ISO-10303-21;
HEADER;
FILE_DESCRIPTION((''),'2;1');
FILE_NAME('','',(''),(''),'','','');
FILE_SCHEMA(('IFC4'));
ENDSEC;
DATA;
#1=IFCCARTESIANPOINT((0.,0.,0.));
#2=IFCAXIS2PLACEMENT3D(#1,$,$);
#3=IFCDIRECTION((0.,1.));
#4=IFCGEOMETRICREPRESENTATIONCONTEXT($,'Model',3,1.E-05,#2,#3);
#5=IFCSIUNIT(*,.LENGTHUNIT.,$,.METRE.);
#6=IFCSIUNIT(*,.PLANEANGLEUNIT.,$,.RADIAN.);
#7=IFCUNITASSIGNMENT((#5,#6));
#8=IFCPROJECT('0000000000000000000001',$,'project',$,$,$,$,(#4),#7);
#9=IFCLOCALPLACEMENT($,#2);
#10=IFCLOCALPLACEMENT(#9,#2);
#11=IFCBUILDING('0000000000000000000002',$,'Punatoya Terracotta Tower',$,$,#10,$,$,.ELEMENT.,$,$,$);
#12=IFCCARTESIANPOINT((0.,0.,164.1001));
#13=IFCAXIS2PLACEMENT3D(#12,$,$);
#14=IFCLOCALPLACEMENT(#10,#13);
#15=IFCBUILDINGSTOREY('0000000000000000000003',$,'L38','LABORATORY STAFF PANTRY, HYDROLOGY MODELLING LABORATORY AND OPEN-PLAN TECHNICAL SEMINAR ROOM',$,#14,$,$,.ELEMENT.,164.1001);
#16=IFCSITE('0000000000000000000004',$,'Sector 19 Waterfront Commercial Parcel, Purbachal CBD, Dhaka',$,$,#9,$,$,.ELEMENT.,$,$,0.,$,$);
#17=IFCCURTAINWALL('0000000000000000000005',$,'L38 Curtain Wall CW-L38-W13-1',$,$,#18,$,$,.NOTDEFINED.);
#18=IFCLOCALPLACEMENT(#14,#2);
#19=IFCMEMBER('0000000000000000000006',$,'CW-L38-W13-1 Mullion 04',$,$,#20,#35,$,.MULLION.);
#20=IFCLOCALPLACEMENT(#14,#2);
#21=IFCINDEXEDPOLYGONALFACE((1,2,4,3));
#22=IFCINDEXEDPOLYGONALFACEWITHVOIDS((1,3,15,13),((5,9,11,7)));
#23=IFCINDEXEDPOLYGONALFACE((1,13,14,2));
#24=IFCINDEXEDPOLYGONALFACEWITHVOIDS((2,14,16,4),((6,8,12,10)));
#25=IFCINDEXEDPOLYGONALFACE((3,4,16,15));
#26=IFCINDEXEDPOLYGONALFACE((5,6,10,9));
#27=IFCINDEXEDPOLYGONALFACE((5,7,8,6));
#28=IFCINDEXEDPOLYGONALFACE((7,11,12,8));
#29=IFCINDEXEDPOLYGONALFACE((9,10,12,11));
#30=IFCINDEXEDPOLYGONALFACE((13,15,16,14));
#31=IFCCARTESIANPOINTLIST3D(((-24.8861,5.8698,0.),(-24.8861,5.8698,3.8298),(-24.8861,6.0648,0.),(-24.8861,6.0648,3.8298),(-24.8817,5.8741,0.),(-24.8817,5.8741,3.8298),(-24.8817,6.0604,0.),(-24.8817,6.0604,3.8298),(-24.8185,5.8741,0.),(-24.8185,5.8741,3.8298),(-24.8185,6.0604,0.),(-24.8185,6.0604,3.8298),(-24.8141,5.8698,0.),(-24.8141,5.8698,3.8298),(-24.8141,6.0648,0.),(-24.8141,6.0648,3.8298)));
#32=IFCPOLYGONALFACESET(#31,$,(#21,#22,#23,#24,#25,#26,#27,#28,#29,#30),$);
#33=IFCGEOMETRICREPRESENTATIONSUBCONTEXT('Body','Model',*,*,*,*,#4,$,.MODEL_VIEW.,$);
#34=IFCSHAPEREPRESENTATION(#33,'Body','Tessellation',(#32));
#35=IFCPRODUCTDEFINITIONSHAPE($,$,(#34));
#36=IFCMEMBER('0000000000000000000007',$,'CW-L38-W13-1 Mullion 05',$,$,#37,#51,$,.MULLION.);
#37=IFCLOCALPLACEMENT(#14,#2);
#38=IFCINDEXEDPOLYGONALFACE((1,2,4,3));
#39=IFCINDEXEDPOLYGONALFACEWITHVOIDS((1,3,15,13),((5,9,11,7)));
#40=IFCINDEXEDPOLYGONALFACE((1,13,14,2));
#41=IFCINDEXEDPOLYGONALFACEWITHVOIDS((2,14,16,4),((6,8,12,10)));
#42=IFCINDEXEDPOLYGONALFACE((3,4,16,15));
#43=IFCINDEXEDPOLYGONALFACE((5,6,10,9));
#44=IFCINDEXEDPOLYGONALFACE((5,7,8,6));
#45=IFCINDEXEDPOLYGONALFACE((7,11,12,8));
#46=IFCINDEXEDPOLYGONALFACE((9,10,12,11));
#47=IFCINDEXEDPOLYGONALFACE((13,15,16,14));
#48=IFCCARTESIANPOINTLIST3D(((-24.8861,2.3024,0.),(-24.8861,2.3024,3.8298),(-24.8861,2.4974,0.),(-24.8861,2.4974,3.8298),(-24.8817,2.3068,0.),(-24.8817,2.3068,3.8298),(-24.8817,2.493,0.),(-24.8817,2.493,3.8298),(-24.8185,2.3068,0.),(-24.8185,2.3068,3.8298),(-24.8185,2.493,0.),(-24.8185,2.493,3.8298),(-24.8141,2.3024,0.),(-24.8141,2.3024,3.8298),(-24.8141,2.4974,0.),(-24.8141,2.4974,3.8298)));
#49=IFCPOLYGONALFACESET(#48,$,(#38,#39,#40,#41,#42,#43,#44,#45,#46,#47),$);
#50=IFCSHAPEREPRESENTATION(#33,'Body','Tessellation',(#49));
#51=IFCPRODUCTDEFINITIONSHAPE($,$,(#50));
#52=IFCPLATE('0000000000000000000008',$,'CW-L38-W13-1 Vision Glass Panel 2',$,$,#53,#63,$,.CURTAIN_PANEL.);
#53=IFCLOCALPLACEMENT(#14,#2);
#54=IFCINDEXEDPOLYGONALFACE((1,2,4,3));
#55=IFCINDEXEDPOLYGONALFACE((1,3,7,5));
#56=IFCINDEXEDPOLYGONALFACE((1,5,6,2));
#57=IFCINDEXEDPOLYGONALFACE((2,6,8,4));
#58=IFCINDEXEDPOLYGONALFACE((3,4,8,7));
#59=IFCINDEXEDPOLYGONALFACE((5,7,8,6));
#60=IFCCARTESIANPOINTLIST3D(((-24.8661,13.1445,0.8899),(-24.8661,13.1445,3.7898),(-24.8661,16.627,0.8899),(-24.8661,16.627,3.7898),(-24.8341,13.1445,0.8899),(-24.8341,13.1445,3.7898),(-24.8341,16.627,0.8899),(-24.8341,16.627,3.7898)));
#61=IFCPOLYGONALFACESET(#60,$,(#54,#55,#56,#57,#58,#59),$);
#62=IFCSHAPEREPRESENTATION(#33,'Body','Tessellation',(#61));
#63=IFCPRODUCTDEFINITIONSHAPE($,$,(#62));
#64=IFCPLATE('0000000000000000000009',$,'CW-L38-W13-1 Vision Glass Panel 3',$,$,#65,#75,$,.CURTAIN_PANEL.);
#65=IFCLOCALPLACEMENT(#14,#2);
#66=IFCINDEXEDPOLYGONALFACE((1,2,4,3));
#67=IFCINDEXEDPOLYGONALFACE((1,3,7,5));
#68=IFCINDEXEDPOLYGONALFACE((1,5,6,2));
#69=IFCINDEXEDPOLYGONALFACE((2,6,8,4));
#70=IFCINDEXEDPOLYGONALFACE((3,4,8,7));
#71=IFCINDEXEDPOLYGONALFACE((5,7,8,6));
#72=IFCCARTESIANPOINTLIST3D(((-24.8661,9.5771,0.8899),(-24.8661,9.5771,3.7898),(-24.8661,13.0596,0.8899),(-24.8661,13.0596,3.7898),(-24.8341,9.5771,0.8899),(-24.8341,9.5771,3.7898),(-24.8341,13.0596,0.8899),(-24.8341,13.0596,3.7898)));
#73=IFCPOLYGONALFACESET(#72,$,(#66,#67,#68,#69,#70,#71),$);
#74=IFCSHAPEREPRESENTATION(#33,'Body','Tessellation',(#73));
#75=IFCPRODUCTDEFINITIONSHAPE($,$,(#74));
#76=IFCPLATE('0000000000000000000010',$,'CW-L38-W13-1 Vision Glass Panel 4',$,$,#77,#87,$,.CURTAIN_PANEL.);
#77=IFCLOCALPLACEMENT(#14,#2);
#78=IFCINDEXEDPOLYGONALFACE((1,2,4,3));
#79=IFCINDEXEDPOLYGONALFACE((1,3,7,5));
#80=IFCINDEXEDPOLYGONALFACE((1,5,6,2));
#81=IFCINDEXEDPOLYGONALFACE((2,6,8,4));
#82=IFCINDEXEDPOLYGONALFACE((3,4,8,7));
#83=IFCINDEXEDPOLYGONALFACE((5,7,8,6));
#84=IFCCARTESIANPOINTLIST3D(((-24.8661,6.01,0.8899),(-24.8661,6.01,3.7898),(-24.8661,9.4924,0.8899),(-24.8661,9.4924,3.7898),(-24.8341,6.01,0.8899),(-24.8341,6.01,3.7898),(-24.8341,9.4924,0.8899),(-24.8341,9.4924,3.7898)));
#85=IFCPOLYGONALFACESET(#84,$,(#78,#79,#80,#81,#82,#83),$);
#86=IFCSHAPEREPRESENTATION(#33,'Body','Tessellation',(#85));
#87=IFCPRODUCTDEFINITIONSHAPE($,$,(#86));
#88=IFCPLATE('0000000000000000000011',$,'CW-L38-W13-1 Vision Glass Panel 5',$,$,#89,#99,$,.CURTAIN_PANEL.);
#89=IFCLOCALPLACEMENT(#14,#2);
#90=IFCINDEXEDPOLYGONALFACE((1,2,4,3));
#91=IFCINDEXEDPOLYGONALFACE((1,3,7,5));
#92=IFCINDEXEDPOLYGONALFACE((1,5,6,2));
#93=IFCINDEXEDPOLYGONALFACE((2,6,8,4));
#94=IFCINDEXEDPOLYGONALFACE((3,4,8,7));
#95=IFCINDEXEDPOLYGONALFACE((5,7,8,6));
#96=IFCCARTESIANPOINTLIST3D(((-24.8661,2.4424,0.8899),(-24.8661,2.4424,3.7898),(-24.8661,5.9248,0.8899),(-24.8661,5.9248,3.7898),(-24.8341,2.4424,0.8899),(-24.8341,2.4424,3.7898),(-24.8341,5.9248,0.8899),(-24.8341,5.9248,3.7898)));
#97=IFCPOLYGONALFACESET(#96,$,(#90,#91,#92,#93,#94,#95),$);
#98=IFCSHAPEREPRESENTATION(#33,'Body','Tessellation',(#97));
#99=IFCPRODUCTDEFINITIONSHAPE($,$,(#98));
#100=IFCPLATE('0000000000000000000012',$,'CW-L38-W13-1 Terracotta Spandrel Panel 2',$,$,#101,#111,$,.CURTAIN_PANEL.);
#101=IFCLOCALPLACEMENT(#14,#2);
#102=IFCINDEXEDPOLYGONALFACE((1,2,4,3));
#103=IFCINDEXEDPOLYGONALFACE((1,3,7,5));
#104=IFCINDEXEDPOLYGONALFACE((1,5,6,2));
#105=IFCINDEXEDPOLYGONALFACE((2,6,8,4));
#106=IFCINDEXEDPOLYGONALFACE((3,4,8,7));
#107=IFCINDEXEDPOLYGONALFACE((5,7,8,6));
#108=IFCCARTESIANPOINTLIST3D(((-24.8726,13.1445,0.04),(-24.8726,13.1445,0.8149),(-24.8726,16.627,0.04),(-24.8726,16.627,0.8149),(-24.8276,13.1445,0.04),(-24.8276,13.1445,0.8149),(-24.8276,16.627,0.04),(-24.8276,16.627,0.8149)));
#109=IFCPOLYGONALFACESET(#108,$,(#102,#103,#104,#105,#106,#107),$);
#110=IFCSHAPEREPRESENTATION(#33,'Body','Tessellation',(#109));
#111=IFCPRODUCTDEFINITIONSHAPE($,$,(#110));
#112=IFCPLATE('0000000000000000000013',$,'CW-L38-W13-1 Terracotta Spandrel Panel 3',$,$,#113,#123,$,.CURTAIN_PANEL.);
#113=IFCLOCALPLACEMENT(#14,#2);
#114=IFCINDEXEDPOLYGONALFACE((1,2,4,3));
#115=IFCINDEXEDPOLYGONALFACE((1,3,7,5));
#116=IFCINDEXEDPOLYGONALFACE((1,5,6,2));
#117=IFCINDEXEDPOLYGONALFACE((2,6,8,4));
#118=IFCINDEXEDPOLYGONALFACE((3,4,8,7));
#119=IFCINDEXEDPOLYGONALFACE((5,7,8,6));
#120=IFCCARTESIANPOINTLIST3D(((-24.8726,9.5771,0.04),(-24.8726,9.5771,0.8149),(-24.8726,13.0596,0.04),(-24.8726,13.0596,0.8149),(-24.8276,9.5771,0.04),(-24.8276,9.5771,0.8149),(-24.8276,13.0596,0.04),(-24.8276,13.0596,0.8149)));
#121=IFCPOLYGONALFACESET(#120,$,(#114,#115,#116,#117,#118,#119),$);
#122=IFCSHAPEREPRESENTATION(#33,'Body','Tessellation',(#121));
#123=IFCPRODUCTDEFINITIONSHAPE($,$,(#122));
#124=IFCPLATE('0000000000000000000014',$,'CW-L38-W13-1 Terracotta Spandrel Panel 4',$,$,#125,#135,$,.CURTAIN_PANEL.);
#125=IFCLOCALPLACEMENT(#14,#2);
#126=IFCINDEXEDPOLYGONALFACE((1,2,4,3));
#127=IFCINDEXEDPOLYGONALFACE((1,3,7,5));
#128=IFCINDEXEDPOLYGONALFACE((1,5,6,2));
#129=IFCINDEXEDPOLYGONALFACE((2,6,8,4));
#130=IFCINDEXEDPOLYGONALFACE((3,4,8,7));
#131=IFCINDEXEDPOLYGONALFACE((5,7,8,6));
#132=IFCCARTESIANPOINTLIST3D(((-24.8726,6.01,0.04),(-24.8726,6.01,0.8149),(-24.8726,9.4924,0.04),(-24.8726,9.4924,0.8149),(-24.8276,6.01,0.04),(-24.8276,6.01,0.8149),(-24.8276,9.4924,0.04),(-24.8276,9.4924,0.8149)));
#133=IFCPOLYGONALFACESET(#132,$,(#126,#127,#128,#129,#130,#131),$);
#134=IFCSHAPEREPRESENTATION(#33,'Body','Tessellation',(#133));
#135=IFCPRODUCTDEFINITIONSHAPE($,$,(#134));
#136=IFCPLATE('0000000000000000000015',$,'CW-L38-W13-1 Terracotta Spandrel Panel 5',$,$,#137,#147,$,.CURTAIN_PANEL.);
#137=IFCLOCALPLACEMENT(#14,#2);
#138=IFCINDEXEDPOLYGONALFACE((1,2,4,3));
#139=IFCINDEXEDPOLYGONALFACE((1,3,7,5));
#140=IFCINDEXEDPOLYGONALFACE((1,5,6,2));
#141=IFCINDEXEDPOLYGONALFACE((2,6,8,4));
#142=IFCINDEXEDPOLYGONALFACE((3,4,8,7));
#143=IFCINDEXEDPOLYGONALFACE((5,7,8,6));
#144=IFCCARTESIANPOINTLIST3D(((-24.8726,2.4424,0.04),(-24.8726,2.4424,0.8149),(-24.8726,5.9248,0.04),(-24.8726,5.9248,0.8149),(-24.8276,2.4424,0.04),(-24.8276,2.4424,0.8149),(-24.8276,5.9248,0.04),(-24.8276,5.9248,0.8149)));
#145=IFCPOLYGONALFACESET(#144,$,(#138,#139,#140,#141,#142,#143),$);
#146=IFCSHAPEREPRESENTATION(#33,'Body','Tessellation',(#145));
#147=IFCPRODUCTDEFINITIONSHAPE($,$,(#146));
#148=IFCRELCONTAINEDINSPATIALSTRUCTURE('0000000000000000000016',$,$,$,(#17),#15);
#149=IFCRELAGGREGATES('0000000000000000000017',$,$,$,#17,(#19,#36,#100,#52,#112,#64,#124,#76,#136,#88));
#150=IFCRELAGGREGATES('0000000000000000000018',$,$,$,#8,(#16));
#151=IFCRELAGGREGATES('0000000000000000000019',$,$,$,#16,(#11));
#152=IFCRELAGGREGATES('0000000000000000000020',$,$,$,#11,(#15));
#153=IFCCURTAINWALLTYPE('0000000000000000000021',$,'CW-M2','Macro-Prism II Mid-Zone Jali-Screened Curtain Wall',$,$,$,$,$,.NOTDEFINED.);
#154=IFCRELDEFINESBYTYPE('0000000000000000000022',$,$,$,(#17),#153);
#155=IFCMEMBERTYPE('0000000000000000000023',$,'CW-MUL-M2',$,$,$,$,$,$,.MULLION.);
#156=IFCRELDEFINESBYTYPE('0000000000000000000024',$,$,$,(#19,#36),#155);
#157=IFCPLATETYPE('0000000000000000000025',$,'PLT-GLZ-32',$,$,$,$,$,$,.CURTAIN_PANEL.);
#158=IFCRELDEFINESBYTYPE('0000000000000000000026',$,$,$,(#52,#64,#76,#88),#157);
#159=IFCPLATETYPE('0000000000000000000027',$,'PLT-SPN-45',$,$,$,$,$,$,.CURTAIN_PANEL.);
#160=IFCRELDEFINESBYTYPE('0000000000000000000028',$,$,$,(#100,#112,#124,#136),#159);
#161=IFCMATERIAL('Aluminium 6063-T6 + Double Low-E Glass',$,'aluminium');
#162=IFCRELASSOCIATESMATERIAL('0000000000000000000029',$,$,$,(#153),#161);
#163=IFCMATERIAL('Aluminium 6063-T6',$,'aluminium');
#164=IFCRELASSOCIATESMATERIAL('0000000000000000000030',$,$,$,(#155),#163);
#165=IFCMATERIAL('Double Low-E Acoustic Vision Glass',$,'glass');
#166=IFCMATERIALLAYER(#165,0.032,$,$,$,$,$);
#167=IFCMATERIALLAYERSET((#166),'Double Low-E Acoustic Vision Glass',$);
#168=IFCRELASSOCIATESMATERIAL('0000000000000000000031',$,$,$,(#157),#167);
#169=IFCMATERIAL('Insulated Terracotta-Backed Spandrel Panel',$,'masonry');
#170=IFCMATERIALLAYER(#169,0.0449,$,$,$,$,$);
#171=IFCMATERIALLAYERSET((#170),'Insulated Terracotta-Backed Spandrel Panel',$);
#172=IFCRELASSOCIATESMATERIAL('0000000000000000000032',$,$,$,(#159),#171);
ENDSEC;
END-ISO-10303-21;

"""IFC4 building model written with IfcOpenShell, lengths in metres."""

from ifc_helpers import new_model, si_unit, direction, frame, origin, origin_2d, place, context, subcontext, project, spatial, rectangle, hollow_rectangle, extrude, material, layer, layer_set, material_profile, profile_set, type_object, element, aggregate, save


model = new_model("IFC4")

# Units and contexts
model_context = context("Model", 3, precision=1e-05, world=origin(), true_north=direction((0.0, 1.0)))
body_context = subcontext(model_context, "Body", "Model", "MODEL_VIEW")
ifc_project = project(units=[si_unit("LENGTHUNIT", "METRE"), si_unit("PLANEANGLEUNIT", "RADIAN")], contexts=[model_context])

# Site, building, storey
site_placement = place(None, origin())
site = spatial("IfcSite", under=ifc_project, at=site_placement, Name="Sector 19 Waterfront Commercial Parcel, Purbachal CBD, Dhaka", CompositionType="ELEMENT", RefElevation=0.0)
building_placement = place(site_placement, origin())
building = spatial("IfcBuilding", under=site, at=building_placement, Name="Punatoya Terracotta Tower", CompositionType="ELEMENT")
storey_placement = place(building_placement, frame((0.0, 0.0, 164.1001)))
storey = spatial("IfcBuildingStorey", under=building, at=storey_placement, Name="L38", Description="LABORATORY STAFF PANTRY, HYDROLOGY MODELLING LABORATORY AND OPEN-PLAN TECHNICAL SEMINAR ROOM", CompositionType="ELEMENT", Elevation=164.1001)

# Curtain wall, members, plates
ifc_material_1 = material(Name="Aluminium 6063-T6 + Double Low-E Glass", Category="aluminium")
curtain_wall_type = type_object("IfcCurtainWallType", Name="CW-M2", Description="Macro-Prism II Mid-Zone Jali-Screened Curtain Wall", PredefinedType="NOTDEFINED", material=ifc_material_1)
curtain_wall_placement = place(storey_placement, origin())
curtain_wall = element("IfcCurtainWall", 1, at=curtain_wall_placement, inside=storey, type_object=curtain_wall_type, Name="L38 Curtain Wall CW-L38-W13-1", PredefinedType="NOTDEFINED")
ifc_material_2 = material(Name="Aluminium 6063-T6", Category="aluminium")
ifc_material_profile_1 = material_profile(ifc_material_2, hollow_rectangle(XDim=0.072, YDim=0.1951, WallThickness=0.0044, at=origin_2d()))
ifc_profile_set_1 = profile_set([ifc_material_profile_1], Name="Aluminium 6063-T6")
member_type = type_object("IfcMemberType", Name="CW-MUL-M2", PredefinedType="MULLION", material=ifc_profile_set_1)
member_1_placement = place(storey_placement, frame((-24.8501, 5.9673, 0.0), z_axis=(0.0, 0.0, 1.0), x_axis=(1.0, 0.0, 0.0)))
member_1 = element("IfcMember", 2, at=member_1_placement, type_object=member_type, Name="CW-L38-W13-1 Mullion 04", PredefinedType="MULLION", context=body_context, shape_type="SweptSolid", body=[
    extrude(hollow_rectangle(XDim=0.072, YDim=0.1951, WallThickness=0.0044, at=origin_2d()), origin(), (0.0, 0.0, 1.0), 3.8298),
])
member_2_placement = place(storey_placement, frame((-24.8501, 2.3999, 0.0), z_axis=(0.0, 0.0, 1.0), x_axis=(1.0, 0.0, 0.0)))
member_2 = element("IfcMember", 3, at=member_2_placement, type_object=member_type, Name="CW-L38-W13-1 Mullion 05", PredefinedType="MULLION", context=body_context, shape_type="SweptSolid", body=[
    extrude(hollow_rectangle(XDim=0.072, YDim=0.1951, WallThickness=0.0044, at=origin_2d()), origin(), (0.0, 0.0, 1.0), 3.8298),
])
ifc_material_3 = material(Name="Double Low-E Acoustic Vision Glass", Category="glass")
ifc_layer_1 = layer(ifc_material_3, 0.032)
ifc_layer_set_1 = layer_set([ifc_layer_1], Name="Double Low-E Acoustic Vision Glass")
plate_type_1 = type_object("IfcPlateType", Name="PLT-GLZ-32", PredefinedType="CURTAIN_PANEL", material=ifc_layer_set_1)
plate_1_placement = place(storey_placement, frame((-24.8501, 14.8857, 0.8899), z_axis=(0.0, 0.0, 1.0), x_axis=(0.0, -1.0, 0.0)))
plate_1 = element("IfcPlate", 4, at=plate_1_placement, type_object=plate_type_1, Name="CW-L38-W13-1 Vision Glass Panel 2", PredefinedType="CURTAIN_PANEL", context=body_context, shape_type="SweptSolid", body=[
    extrude(rectangle(XDim=3.4824, YDim=0.032, at=origin_2d()), origin(), (0.0, 0.0, 1.0), 2.8999),
])
plate_2_placement = place(storey_placement, frame((-24.8501, 11.3184, 0.8899), z_axis=(0.0, 0.0, 1.0), x_axis=(0.0, -1.0, 0.0)))
plate_2 = element("IfcPlate", 5, at=plate_2_placement, type_object=plate_type_1, Name="CW-L38-W13-1 Vision Glass Panel 3", PredefinedType="CURTAIN_PANEL", context=body_context, shape_type="SweptSolid", body=[
    extrude(rectangle(XDim=3.4824, YDim=0.032, at=origin_2d()), origin(), (0.0, 0.0, 1.0), 2.8999),
])
plate_3_placement = place(storey_placement, frame((-24.8501, 7.7512, 0.8899), z_axis=(0.0, 0.0, 1.0), x_axis=(0.0, -1.0, 0.0)))
plate_3 = element("IfcPlate", 6, at=plate_3_placement, type_object=plate_type_1, Name="CW-L38-W13-1 Vision Glass Panel 4", PredefinedType="CURTAIN_PANEL", context=body_context, shape_type="SweptSolid", body=[
    extrude(rectangle(XDim=3.4824, YDim=0.032, at=origin_2d()), origin(), (0.0, 0.0, 1.0), 2.8999),
])
plate_4_placement = place(storey_placement, frame((-24.8501, 4.1836, 0.8899), z_axis=(0.0, 0.0, 1.0), x_axis=(0.0, -1.0, 0.0)))
plate_4 = element("IfcPlate", 7, at=plate_4_placement, type_object=plate_type_1, Name="CW-L38-W13-1 Vision Glass Panel 5", PredefinedType="CURTAIN_PANEL", context=body_context, shape_type="SweptSolid", body=[
    extrude(rectangle(XDim=3.4824, YDim=0.032, at=origin_2d()), origin(), (0.0, 0.0, 1.0), 2.8999),
])
ifc_material_4 = material(Name="Insulated Terracotta-Backed Spandrel Panel", Category="masonry")
ifc_layer_2 = layer(ifc_material_4, 0.0449)
ifc_layer_set_2 = layer_set([ifc_layer_2], Name="Insulated Terracotta-Backed Spandrel Panel")
plate_type_2 = type_object("IfcPlateType", Name="PLT-SPN-45", PredefinedType="CURTAIN_PANEL", material=ifc_layer_set_2)
plate_5_placement = place(storey_placement, frame((-24.8501, 14.8857, 0.04), z_axis=(0.0, 0.0, 1.0), x_axis=(0.0, -1.0, 0.0)))
plate_5 = element("IfcPlate", 8, at=plate_5_placement, type_object=plate_type_2, Name="CW-L38-W13-1 Terracotta Spandrel Panel 2", PredefinedType="CURTAIN_PANEL", context=body_context, shape_type="SweptSolid", body=[
    extrude(rectangle(XDim=3.4824, YDim=0.0449, at=origin_2d()), origin(), (0.0, 0.0, 1.0), 0.7749),
])
plate_6_placement = place(storey_placement, frame((-24.8501, 11.3184, 0.04), z_axis=(0.0, 0.0, 1.0), x_axis=(0.0, -1.0, 0.0)))
plate_6 = element("IfcPlate", 9, at=plate_6_placement, type_object=plate_type_2, Name="CW-L38-W13-1 Terracotta Spandrel Panel 3", PredefinedType="CURTAIN_PANEL", context=body_context, shape_type="SweptSolid", body=[
    extrude(rectangle(XDim=3.4824, YDim=0.0449, at=origin_2d()), origin(), (0.0, 0.0, 1.0), 0.7749),
])
plate_7_placement = place(storey_placement, frame((-24.8501, 7.7512, 0.04), z_axis=(0.0, 0.0, 1.0), x_axis=(0.0, -1.0, 0.0)))
plate_7 = element("IfcPlate", 10, at=plate_7_placement, type_object=plate_type_2, Name="CW-L38-W13-1 Terracotta Spandrel Panel 4", PredefinedType="CURTAIN_PANEL", context=body_context, shape_type="SweptSolid", body=[
    extrude(rectangle(XDim=3.4824, YDim=0.0449, at=origin_2d()), origin(), (0.0, 0.0, 1.0), 0.7749),
])
plate_8_placement = place(storey_placement, frame((-24.8501, 4.1836, 0.04), z_axis=(0.0, 0.0, 1.0), x_axis=(0.0, -1.0, 0.0)))
plate_8 = element("IfcPlate", 11, at=plate_8_placement, type_object=plate_type_2, Name="CW-L38-W13-1 Terracotta Spandrel Panel 5", PredefinedType="CURTAIN_PANEL", context=body_context, shape_type="SweptSolid", body=[
    extrude(rectangle(XDim=3.4824, YDim=0.0449, at=origin_2d()), origin(), (0.0, 0.0, 1.0), 0.7749),
])
aggregate(curtain_wall, [member_1, member_2, plate_5, plate_1, plate_6, plate_2, plate_7, plate_3, plate_8, plate_4])

save(model, "model.ifc")
